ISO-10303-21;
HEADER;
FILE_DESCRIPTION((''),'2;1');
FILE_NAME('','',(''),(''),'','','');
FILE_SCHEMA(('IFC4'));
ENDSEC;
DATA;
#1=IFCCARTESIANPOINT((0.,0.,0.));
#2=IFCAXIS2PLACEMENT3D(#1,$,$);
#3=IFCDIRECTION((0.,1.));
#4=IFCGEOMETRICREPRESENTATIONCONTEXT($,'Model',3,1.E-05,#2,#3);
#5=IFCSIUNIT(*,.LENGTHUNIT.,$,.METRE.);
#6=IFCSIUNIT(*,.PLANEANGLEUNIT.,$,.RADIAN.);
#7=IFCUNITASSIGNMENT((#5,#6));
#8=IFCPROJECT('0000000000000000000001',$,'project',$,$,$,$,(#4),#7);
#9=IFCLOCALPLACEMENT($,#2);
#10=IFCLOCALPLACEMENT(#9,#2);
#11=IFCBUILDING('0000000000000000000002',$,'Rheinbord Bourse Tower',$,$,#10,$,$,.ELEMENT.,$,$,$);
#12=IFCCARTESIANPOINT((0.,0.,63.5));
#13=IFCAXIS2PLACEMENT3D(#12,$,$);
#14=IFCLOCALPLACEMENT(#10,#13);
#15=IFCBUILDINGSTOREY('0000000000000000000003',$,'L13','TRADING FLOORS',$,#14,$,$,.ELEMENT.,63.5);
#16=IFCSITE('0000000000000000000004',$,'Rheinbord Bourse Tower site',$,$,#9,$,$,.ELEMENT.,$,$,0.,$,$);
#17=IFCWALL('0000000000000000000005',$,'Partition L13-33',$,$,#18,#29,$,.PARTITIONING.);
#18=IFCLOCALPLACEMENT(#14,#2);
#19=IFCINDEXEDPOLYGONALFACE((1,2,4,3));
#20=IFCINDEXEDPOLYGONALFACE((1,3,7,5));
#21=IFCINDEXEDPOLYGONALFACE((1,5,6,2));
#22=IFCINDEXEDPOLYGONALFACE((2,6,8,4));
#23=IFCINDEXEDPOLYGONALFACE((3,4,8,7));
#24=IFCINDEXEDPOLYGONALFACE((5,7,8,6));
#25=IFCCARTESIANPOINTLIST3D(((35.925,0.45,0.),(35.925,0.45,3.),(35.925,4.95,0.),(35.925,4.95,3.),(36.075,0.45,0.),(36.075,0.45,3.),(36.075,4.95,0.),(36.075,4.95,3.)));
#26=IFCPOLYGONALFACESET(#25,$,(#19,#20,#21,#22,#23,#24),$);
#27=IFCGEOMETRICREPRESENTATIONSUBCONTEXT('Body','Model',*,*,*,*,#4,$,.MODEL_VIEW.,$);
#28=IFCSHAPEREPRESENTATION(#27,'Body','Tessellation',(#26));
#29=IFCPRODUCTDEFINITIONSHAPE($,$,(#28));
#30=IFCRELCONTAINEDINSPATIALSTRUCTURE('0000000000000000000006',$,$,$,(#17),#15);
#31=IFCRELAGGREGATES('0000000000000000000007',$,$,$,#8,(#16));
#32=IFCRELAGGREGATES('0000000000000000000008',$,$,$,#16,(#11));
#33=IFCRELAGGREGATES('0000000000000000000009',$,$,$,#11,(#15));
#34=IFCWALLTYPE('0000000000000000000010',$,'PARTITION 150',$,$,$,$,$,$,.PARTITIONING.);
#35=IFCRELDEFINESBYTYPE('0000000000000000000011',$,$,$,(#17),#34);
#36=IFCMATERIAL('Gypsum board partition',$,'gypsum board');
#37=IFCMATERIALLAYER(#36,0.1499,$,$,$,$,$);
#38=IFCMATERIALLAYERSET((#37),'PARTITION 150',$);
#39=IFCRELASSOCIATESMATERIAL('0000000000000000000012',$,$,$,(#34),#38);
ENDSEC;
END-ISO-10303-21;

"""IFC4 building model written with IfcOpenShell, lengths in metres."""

from ifc_helpers import new_model, si_unit, direction, frame, frame_2d, origin, place, context, subcontext, project, spatial, rectangle, extrude, material, layer, layer_set, type_object, element, save


model = new_model("IFC4")

# Units and contexts
model_context = context("Model", 3, precision=1e-05, world=origin(), true_north=direction((0.0, 1.0)))
body_context = subcontext(model_context, "Body", "Model", "MODEL_VIEW")
ifc_project = project(units=[si_unit("LENGTHUNIT", "METRE"), si_unit("PLANEANGLEUNIT", "RADIAN")], contexts=[model_context])

# Site, building, storey
site_placement = place(None, origin())
site = spatial("IfcSite", under=ifc_project, at=site_placement, Name="Rheinbord Bourse Tower site", CompositionType="ELEMENT", RefElevation=0.0)
building_placement = place(site_placement, origin())
building = spatial("IfcBuilding", under=site, at=building_placement, Name="Rheinbord Bourse Tower", CompositionType="ELEMENT")
storey_placement = place(building_placement, frame((0.0, 0.0, 63.5)))
storey = spatial("IfcBuildingStorey", under=building, at=storey_placement, Name="L13", Description="TRADING FLOORS", CompositionType="ELEMENT", Elevation=63.5)

# Wall
ifc_material_1 = material(Name="Gypsum board partition", Category="gypsum board")
ifc_layer_1 = layer(ifc_material_1, 0.1499)
ifc_layer_set_1 = layer_set([ifc_layer_1], Name="PARTITION 150")
wall_type = type_object("IfcWallType", Name="PARTITION 150", PredefinedType="PARTITIONING", material=ifc_layer_set_1)
wall_placement = place(storey_placement, frame((36.0, 0.45, 0.0), z_axis=(0.0, 0.0, 1.0), x_axis=(0.0, 1.0, 0.0)))
element("IfcWall", 1, at=wall_placement, inside=storey, type_object=wall_type, Name="Partition L13-33", PredefinedType="PARTITIONING", context=body_context, shape_type="SweptSolid", body=[
    extrude(rectangle(XDim=4.5, YDim=0.1499, at=frame_2d((2.25, 0.0))), origin(), (0.0, 0.0, 1.0), 3.0),
])

save(model, "model.ifc")
